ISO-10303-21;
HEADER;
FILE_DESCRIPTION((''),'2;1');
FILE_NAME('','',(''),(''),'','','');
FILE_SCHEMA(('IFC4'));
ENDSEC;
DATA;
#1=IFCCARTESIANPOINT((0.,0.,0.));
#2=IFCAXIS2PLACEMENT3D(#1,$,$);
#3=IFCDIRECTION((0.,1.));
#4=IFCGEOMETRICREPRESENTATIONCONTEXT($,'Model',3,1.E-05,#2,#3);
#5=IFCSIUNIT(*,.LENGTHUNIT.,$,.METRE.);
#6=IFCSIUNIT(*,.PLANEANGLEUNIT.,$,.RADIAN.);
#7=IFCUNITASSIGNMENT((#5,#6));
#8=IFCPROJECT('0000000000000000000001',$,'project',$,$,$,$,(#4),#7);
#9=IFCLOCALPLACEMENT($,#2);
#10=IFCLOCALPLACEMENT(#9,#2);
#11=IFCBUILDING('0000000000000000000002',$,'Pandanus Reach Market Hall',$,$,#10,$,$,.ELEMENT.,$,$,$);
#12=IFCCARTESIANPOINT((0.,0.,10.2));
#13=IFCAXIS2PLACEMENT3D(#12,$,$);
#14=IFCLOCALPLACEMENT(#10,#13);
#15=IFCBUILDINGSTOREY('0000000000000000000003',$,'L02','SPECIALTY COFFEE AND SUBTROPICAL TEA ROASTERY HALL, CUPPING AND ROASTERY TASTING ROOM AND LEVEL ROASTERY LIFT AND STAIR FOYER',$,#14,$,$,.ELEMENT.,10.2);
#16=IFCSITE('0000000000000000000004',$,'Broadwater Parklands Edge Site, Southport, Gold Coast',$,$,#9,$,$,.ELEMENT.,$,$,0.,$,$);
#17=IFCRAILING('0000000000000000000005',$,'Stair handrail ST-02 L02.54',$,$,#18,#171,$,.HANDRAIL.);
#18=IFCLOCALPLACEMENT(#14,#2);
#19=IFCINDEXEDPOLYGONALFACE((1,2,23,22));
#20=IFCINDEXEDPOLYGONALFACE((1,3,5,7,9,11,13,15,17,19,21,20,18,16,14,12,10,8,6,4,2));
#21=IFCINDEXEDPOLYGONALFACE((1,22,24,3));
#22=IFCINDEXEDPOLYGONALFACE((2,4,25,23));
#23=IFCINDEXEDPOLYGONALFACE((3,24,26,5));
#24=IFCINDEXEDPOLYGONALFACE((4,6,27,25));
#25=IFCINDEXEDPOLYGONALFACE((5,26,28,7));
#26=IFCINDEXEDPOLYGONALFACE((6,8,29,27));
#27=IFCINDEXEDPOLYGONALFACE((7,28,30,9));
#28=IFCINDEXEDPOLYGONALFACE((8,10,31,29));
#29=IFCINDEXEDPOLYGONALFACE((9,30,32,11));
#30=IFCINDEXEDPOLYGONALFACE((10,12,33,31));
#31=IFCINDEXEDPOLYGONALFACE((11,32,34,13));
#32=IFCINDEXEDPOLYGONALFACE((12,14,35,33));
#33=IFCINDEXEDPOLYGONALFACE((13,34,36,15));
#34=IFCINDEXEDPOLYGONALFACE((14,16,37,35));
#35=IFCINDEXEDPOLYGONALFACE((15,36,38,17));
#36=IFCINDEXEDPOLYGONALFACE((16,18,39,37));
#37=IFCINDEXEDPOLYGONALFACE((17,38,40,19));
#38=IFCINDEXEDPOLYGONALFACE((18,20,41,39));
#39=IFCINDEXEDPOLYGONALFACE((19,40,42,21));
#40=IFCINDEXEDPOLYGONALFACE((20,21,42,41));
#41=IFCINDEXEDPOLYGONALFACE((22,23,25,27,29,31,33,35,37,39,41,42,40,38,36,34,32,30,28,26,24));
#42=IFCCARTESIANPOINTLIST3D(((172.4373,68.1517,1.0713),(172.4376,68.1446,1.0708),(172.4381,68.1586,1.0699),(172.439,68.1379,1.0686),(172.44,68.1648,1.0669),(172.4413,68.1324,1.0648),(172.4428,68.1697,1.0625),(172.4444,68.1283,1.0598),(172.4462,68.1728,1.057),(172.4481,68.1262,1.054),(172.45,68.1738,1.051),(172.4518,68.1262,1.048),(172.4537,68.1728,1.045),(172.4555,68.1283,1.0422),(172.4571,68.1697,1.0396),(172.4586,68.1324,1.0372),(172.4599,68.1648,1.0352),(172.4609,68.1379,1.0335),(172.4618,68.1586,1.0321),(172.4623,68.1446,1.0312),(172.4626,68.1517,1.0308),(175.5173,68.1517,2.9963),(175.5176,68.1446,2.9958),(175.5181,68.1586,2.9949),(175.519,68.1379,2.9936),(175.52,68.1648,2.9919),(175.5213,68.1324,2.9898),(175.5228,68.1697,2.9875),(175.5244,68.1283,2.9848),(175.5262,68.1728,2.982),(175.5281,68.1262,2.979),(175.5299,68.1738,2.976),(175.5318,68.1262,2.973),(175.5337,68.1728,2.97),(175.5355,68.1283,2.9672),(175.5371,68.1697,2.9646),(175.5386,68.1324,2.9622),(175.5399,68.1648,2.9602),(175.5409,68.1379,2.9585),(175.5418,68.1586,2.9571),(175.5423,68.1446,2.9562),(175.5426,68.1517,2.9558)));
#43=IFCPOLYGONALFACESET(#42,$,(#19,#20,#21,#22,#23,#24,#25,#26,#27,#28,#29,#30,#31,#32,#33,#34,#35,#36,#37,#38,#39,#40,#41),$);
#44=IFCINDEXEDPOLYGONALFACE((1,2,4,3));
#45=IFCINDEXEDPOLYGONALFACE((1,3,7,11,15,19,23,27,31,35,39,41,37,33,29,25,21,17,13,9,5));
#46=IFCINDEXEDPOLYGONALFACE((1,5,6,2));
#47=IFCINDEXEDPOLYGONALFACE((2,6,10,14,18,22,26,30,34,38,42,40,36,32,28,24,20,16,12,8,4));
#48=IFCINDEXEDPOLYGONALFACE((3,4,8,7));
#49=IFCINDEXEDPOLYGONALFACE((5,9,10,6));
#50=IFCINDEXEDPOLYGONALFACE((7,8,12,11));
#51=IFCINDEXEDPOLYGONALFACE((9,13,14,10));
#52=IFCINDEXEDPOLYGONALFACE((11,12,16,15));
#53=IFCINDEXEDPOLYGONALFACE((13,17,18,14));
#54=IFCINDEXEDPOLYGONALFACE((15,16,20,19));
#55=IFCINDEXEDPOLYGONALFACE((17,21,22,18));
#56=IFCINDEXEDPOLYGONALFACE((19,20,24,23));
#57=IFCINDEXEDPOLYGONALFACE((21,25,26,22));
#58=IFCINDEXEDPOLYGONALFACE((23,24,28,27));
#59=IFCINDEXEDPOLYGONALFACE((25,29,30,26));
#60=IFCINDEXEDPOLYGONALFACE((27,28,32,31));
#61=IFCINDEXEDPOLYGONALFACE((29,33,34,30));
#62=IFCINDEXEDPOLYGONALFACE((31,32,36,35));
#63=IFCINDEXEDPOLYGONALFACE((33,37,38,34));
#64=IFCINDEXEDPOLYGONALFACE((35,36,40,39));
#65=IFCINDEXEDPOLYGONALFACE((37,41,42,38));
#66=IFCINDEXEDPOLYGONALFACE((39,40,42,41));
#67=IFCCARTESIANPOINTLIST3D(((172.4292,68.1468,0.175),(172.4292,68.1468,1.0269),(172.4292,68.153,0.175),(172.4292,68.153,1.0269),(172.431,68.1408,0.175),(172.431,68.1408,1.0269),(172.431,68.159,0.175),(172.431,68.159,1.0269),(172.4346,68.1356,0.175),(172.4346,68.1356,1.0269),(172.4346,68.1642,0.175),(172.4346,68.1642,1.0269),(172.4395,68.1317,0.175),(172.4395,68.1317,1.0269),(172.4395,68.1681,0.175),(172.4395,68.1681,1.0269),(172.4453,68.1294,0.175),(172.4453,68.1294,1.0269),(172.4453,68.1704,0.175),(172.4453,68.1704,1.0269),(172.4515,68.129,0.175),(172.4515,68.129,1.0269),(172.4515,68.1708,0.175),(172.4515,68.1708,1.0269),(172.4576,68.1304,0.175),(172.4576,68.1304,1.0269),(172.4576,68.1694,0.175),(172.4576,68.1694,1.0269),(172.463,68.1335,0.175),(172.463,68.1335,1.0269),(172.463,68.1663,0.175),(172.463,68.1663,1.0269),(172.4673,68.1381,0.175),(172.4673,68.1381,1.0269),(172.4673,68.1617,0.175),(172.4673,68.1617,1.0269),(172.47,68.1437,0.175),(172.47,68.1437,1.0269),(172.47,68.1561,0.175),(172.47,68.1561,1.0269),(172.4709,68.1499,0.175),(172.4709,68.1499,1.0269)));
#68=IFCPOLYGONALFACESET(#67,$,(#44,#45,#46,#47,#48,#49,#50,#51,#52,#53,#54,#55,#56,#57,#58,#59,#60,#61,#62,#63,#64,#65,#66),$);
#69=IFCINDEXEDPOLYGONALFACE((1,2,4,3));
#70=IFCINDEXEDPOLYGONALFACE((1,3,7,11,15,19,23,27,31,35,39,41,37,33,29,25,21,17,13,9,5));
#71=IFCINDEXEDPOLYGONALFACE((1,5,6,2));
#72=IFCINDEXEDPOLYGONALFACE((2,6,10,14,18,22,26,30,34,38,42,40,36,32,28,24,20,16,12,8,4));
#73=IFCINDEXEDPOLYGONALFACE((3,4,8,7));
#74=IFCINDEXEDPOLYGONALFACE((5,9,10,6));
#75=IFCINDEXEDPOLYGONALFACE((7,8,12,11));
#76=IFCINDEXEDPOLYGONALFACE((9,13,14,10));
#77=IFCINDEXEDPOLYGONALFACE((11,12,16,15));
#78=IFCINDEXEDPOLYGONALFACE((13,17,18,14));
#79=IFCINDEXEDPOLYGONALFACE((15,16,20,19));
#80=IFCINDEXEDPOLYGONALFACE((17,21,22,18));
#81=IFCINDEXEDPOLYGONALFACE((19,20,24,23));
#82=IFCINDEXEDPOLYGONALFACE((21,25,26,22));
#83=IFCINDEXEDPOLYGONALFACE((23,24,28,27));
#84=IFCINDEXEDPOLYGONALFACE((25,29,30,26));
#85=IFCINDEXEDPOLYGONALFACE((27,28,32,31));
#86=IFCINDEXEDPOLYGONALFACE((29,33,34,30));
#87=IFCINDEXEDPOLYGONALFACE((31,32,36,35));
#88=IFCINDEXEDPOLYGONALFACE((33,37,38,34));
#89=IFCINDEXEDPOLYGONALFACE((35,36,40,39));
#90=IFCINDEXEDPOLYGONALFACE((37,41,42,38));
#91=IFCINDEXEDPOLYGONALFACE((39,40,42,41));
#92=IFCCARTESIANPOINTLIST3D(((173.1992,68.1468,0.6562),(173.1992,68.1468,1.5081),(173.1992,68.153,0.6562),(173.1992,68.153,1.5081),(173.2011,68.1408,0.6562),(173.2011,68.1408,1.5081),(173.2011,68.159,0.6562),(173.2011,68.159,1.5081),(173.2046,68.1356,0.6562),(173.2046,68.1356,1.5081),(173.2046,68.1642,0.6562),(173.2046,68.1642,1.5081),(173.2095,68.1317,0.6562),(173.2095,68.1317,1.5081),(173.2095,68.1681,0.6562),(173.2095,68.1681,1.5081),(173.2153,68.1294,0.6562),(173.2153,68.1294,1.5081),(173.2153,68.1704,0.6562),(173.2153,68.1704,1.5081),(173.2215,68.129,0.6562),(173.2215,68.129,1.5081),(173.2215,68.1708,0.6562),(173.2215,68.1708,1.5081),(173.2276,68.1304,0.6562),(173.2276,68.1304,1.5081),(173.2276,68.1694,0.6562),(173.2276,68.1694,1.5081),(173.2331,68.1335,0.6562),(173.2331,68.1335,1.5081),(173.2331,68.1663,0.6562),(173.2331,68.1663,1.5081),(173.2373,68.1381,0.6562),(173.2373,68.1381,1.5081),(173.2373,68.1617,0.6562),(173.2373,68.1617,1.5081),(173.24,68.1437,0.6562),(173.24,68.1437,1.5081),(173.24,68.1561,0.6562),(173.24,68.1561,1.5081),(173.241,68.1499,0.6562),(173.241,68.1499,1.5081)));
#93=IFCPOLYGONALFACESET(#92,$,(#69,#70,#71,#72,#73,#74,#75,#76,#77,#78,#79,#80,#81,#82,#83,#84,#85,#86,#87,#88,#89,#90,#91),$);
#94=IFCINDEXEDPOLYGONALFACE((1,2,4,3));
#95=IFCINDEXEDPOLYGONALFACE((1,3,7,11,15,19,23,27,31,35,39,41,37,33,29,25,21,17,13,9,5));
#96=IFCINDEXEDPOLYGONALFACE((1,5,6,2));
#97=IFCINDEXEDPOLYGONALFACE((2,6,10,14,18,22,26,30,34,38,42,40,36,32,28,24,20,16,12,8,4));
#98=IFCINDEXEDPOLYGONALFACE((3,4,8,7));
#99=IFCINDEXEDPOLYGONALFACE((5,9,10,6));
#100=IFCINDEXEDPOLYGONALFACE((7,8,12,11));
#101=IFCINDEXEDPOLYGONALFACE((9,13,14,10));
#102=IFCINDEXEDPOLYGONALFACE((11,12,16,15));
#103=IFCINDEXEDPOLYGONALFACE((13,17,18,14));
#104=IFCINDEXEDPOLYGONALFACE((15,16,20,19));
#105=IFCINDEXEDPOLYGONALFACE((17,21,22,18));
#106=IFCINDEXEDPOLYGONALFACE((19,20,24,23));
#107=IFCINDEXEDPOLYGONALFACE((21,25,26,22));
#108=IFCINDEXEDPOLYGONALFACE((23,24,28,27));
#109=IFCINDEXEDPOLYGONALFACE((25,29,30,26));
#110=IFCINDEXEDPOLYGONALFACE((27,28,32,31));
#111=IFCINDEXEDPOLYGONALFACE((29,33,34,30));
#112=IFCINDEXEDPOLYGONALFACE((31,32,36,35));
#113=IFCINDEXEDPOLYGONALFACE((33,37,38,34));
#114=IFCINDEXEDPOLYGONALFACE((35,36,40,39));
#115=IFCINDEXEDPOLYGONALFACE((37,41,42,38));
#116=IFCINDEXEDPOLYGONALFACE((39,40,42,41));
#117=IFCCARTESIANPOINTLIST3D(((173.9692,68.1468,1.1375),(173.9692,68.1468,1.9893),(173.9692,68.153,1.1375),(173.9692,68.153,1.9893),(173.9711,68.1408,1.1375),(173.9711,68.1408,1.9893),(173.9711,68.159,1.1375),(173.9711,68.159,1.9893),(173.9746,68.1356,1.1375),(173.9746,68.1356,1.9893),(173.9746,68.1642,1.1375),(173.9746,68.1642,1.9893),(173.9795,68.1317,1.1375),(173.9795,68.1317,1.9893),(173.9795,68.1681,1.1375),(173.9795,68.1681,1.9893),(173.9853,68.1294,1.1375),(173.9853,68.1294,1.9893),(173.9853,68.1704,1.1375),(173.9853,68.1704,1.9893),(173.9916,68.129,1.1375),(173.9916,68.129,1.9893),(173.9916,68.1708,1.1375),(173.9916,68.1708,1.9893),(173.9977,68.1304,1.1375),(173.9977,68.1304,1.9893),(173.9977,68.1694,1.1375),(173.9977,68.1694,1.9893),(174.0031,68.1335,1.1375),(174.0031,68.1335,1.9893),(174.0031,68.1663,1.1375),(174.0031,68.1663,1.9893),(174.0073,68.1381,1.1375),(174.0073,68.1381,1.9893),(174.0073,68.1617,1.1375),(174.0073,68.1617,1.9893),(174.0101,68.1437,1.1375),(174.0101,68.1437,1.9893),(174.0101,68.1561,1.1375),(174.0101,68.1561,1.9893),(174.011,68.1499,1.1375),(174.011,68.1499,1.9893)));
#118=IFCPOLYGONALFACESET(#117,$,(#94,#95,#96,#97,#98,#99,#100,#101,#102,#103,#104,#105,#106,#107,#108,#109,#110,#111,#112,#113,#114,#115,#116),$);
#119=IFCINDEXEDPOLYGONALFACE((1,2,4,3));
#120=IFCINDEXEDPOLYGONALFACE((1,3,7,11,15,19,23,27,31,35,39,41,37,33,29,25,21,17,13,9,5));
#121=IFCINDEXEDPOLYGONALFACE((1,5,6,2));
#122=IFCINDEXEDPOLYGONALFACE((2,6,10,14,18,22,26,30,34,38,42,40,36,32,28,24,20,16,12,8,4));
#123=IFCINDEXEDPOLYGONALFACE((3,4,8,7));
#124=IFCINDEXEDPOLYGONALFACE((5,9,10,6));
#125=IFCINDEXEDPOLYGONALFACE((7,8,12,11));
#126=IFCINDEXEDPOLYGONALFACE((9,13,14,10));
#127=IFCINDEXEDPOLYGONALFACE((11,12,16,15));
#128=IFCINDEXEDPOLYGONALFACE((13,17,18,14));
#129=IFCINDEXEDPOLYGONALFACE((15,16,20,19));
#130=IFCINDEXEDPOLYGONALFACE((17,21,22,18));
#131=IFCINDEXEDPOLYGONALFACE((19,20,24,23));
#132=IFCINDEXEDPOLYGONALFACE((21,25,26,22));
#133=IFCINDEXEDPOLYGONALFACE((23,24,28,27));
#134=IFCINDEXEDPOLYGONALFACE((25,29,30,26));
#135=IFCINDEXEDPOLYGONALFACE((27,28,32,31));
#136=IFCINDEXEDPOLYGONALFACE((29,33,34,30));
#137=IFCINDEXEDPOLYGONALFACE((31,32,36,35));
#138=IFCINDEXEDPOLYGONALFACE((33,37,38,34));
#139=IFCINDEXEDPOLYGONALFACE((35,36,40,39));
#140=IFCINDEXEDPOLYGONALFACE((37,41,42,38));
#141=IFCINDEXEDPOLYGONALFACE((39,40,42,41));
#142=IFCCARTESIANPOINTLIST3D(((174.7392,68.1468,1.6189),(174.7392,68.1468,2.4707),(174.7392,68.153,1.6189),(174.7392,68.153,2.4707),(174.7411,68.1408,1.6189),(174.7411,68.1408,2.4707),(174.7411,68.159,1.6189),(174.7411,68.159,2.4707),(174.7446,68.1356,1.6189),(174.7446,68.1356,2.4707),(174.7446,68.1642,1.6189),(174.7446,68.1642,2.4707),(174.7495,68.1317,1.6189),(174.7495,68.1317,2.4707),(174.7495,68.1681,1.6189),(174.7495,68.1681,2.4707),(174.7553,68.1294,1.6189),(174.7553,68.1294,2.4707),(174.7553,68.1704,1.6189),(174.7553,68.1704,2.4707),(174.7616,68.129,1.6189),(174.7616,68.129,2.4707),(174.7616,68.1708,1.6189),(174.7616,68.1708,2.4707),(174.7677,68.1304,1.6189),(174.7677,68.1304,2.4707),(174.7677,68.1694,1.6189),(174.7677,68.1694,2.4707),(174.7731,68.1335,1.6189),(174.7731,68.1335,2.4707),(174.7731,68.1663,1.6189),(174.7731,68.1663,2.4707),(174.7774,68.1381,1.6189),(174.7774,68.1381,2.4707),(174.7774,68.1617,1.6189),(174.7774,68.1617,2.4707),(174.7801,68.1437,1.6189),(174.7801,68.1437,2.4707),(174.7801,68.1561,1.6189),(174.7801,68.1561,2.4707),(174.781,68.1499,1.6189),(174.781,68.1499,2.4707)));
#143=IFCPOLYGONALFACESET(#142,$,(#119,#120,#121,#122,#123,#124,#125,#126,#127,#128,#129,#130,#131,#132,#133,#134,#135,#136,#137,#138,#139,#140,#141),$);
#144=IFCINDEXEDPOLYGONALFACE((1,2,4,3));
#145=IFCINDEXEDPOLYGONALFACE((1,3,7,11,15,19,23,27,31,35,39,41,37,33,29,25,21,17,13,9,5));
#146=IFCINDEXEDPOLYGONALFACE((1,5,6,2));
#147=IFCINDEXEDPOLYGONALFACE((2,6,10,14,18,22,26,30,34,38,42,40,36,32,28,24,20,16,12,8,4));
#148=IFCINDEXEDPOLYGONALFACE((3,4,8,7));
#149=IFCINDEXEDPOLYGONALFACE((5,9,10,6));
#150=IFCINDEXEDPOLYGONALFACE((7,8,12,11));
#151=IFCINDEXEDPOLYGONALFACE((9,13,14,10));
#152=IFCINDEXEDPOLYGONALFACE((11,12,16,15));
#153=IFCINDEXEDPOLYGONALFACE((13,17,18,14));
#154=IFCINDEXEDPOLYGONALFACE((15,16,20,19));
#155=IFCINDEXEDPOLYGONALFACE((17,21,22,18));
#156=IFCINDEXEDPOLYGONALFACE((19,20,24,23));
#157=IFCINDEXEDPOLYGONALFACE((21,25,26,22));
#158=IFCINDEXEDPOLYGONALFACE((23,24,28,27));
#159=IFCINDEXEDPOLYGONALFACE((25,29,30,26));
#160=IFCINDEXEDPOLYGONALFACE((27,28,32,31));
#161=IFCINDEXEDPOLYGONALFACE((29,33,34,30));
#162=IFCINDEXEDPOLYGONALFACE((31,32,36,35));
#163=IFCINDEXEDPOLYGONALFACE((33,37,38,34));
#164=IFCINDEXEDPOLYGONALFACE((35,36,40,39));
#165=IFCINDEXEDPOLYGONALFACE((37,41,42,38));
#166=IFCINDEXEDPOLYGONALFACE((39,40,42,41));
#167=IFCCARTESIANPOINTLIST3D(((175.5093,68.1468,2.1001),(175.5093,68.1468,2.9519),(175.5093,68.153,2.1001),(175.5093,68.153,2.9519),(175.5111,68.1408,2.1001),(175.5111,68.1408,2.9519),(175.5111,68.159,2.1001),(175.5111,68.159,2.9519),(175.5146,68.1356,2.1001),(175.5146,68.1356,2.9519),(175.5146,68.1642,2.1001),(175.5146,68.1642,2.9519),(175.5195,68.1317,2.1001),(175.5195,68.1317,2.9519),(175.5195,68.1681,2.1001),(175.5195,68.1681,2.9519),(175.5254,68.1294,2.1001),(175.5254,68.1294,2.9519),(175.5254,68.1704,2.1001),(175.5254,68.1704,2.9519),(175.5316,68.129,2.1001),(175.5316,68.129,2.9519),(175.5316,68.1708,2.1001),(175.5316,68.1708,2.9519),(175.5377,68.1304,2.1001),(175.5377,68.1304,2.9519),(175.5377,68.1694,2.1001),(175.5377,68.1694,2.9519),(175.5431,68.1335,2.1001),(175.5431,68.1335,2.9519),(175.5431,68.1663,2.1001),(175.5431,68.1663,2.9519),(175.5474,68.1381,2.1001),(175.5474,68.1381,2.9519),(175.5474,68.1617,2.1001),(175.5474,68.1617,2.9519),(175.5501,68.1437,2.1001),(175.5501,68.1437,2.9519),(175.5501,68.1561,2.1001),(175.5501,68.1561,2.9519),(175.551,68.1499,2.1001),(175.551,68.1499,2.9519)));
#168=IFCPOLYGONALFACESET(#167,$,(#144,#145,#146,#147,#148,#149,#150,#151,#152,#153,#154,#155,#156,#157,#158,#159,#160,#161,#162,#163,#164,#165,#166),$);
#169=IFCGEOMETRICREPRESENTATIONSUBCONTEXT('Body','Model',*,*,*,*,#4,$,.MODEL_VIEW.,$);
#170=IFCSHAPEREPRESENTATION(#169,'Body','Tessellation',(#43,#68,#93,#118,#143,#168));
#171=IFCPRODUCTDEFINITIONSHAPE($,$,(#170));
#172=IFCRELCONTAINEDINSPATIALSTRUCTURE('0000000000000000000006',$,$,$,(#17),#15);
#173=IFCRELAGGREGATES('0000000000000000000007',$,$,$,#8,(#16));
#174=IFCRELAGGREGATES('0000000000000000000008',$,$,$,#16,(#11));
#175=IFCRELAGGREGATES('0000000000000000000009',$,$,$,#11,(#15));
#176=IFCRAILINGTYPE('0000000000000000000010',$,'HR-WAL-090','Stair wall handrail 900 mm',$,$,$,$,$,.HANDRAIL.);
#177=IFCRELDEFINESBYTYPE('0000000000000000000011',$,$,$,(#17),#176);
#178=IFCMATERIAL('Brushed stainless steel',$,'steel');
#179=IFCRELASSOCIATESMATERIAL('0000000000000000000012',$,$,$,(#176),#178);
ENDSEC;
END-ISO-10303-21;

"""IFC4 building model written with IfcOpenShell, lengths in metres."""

from ifc_helpers import new_model, si_unit, direction, frame, origin, origin_2d, place, context, subcontext, project, spatial, circle, extrude, material, type_object, element, save


model = new_model("IFC4")

# Units and contexts
model_context = context("Model", 3, precision=1e-05, world=origin(), true_north=direction((0.0, 1.0)))
body_context = subcontext(model_context, "Body", "Model", "MODEL_VIEW")
ifc_project = project(units=[si_unit("LENGTHUNIT", "METRE"), si_unit("PLANEANGLEUNIT", "RADIAN")], contexts=[model_context])

# Site, building, storey
site_placement = place(None, origin())
site = spatial("IfcSite", under=ifc_project, at=site_placement, Name="Broadwater Parklands Edge Site, Southport, Gold Coast", CompositionType="ELEMENT", RefElevation=0.0)
building_placement = place(site_placement, origin())
building = spatial("IfcBuilding", under=site, at=building_placement, Name="Pandanus Reach Market Hall", CompositionType="ELEMENT")
storey_placement = place(building_placement, frame((0.0, 0.0, 10.2)))
storey = spatial("IfcBuildingStorey", under=building, at=storey_placement, Name="L02", Description="SPECIALTY COFFEE AND SUBTROPICAL TEA ROASTERY HALL, CUPPING AND ROASTERY TASTING ROOM AND LEVEL ROASTERY LIFT AND STAIR FOYER", CompositionType="ELEMENT", Elevation=10.2)

# Railing
ifc_material_1 = material(Name="Brushed stainless steel", Category="steel")
railing_type_1 = type_object("IfcRailingType", Name="HR-WAL-090", Description="Stair wall handrail 900 mm", PredefinedType="HANDRAIL", material=ifc_material_1)
railing_1_placement = place(storey_placement, frame((172.45, 68.1499, 0.175)))
element("IfcRailing", 1, at=railing_1_placement, inside=storey, type_object=railing_type_1, Name="Stair handrail ST-02 L02.54", PredefinedType="HANDRAIL", context=body_context, shape_type="SweptSolid", body=[
    extrude(circle(Radius=0.0239, at=origin_2d()), frame((0.0, 0.0, 0.876), z_axis=(0.847998, 0.0, 0.529999), x_axis=(0.0, 1.0, 0.0)), (0.0, 0.0, 1.0), 3.6321),
    extrude(circle(Radius=0.021, at=origin_2d()), origin(), (0.0, 0.0, 1.0), 0.8518),
    extrude(circle(Radius=0.021, at=origin_2d()), frame((0.77, 0.0, 0.4812)), (0.0, 0.0, 1.0), 0.8518),
    extrude(circle(Radius=0.021, at=origin_2d()), frame((1.54, 0.0, 0.9624)), (0.0, 0.0, 1.0), 0.8518),
    extrude(circle(Radius=0.021, at=origin_2d()), frame((2.3101, 0.0, 1.4438)), (0.0, 0.0, 1.0), 0.8518),
    extrude(circle(Radius=0.021, at=origin_2d()), frame((3.0801, 0.0, 1.925)), (0.0, 0.0, 1.0), 0.8518),
])

save(model, "model.ifc")
